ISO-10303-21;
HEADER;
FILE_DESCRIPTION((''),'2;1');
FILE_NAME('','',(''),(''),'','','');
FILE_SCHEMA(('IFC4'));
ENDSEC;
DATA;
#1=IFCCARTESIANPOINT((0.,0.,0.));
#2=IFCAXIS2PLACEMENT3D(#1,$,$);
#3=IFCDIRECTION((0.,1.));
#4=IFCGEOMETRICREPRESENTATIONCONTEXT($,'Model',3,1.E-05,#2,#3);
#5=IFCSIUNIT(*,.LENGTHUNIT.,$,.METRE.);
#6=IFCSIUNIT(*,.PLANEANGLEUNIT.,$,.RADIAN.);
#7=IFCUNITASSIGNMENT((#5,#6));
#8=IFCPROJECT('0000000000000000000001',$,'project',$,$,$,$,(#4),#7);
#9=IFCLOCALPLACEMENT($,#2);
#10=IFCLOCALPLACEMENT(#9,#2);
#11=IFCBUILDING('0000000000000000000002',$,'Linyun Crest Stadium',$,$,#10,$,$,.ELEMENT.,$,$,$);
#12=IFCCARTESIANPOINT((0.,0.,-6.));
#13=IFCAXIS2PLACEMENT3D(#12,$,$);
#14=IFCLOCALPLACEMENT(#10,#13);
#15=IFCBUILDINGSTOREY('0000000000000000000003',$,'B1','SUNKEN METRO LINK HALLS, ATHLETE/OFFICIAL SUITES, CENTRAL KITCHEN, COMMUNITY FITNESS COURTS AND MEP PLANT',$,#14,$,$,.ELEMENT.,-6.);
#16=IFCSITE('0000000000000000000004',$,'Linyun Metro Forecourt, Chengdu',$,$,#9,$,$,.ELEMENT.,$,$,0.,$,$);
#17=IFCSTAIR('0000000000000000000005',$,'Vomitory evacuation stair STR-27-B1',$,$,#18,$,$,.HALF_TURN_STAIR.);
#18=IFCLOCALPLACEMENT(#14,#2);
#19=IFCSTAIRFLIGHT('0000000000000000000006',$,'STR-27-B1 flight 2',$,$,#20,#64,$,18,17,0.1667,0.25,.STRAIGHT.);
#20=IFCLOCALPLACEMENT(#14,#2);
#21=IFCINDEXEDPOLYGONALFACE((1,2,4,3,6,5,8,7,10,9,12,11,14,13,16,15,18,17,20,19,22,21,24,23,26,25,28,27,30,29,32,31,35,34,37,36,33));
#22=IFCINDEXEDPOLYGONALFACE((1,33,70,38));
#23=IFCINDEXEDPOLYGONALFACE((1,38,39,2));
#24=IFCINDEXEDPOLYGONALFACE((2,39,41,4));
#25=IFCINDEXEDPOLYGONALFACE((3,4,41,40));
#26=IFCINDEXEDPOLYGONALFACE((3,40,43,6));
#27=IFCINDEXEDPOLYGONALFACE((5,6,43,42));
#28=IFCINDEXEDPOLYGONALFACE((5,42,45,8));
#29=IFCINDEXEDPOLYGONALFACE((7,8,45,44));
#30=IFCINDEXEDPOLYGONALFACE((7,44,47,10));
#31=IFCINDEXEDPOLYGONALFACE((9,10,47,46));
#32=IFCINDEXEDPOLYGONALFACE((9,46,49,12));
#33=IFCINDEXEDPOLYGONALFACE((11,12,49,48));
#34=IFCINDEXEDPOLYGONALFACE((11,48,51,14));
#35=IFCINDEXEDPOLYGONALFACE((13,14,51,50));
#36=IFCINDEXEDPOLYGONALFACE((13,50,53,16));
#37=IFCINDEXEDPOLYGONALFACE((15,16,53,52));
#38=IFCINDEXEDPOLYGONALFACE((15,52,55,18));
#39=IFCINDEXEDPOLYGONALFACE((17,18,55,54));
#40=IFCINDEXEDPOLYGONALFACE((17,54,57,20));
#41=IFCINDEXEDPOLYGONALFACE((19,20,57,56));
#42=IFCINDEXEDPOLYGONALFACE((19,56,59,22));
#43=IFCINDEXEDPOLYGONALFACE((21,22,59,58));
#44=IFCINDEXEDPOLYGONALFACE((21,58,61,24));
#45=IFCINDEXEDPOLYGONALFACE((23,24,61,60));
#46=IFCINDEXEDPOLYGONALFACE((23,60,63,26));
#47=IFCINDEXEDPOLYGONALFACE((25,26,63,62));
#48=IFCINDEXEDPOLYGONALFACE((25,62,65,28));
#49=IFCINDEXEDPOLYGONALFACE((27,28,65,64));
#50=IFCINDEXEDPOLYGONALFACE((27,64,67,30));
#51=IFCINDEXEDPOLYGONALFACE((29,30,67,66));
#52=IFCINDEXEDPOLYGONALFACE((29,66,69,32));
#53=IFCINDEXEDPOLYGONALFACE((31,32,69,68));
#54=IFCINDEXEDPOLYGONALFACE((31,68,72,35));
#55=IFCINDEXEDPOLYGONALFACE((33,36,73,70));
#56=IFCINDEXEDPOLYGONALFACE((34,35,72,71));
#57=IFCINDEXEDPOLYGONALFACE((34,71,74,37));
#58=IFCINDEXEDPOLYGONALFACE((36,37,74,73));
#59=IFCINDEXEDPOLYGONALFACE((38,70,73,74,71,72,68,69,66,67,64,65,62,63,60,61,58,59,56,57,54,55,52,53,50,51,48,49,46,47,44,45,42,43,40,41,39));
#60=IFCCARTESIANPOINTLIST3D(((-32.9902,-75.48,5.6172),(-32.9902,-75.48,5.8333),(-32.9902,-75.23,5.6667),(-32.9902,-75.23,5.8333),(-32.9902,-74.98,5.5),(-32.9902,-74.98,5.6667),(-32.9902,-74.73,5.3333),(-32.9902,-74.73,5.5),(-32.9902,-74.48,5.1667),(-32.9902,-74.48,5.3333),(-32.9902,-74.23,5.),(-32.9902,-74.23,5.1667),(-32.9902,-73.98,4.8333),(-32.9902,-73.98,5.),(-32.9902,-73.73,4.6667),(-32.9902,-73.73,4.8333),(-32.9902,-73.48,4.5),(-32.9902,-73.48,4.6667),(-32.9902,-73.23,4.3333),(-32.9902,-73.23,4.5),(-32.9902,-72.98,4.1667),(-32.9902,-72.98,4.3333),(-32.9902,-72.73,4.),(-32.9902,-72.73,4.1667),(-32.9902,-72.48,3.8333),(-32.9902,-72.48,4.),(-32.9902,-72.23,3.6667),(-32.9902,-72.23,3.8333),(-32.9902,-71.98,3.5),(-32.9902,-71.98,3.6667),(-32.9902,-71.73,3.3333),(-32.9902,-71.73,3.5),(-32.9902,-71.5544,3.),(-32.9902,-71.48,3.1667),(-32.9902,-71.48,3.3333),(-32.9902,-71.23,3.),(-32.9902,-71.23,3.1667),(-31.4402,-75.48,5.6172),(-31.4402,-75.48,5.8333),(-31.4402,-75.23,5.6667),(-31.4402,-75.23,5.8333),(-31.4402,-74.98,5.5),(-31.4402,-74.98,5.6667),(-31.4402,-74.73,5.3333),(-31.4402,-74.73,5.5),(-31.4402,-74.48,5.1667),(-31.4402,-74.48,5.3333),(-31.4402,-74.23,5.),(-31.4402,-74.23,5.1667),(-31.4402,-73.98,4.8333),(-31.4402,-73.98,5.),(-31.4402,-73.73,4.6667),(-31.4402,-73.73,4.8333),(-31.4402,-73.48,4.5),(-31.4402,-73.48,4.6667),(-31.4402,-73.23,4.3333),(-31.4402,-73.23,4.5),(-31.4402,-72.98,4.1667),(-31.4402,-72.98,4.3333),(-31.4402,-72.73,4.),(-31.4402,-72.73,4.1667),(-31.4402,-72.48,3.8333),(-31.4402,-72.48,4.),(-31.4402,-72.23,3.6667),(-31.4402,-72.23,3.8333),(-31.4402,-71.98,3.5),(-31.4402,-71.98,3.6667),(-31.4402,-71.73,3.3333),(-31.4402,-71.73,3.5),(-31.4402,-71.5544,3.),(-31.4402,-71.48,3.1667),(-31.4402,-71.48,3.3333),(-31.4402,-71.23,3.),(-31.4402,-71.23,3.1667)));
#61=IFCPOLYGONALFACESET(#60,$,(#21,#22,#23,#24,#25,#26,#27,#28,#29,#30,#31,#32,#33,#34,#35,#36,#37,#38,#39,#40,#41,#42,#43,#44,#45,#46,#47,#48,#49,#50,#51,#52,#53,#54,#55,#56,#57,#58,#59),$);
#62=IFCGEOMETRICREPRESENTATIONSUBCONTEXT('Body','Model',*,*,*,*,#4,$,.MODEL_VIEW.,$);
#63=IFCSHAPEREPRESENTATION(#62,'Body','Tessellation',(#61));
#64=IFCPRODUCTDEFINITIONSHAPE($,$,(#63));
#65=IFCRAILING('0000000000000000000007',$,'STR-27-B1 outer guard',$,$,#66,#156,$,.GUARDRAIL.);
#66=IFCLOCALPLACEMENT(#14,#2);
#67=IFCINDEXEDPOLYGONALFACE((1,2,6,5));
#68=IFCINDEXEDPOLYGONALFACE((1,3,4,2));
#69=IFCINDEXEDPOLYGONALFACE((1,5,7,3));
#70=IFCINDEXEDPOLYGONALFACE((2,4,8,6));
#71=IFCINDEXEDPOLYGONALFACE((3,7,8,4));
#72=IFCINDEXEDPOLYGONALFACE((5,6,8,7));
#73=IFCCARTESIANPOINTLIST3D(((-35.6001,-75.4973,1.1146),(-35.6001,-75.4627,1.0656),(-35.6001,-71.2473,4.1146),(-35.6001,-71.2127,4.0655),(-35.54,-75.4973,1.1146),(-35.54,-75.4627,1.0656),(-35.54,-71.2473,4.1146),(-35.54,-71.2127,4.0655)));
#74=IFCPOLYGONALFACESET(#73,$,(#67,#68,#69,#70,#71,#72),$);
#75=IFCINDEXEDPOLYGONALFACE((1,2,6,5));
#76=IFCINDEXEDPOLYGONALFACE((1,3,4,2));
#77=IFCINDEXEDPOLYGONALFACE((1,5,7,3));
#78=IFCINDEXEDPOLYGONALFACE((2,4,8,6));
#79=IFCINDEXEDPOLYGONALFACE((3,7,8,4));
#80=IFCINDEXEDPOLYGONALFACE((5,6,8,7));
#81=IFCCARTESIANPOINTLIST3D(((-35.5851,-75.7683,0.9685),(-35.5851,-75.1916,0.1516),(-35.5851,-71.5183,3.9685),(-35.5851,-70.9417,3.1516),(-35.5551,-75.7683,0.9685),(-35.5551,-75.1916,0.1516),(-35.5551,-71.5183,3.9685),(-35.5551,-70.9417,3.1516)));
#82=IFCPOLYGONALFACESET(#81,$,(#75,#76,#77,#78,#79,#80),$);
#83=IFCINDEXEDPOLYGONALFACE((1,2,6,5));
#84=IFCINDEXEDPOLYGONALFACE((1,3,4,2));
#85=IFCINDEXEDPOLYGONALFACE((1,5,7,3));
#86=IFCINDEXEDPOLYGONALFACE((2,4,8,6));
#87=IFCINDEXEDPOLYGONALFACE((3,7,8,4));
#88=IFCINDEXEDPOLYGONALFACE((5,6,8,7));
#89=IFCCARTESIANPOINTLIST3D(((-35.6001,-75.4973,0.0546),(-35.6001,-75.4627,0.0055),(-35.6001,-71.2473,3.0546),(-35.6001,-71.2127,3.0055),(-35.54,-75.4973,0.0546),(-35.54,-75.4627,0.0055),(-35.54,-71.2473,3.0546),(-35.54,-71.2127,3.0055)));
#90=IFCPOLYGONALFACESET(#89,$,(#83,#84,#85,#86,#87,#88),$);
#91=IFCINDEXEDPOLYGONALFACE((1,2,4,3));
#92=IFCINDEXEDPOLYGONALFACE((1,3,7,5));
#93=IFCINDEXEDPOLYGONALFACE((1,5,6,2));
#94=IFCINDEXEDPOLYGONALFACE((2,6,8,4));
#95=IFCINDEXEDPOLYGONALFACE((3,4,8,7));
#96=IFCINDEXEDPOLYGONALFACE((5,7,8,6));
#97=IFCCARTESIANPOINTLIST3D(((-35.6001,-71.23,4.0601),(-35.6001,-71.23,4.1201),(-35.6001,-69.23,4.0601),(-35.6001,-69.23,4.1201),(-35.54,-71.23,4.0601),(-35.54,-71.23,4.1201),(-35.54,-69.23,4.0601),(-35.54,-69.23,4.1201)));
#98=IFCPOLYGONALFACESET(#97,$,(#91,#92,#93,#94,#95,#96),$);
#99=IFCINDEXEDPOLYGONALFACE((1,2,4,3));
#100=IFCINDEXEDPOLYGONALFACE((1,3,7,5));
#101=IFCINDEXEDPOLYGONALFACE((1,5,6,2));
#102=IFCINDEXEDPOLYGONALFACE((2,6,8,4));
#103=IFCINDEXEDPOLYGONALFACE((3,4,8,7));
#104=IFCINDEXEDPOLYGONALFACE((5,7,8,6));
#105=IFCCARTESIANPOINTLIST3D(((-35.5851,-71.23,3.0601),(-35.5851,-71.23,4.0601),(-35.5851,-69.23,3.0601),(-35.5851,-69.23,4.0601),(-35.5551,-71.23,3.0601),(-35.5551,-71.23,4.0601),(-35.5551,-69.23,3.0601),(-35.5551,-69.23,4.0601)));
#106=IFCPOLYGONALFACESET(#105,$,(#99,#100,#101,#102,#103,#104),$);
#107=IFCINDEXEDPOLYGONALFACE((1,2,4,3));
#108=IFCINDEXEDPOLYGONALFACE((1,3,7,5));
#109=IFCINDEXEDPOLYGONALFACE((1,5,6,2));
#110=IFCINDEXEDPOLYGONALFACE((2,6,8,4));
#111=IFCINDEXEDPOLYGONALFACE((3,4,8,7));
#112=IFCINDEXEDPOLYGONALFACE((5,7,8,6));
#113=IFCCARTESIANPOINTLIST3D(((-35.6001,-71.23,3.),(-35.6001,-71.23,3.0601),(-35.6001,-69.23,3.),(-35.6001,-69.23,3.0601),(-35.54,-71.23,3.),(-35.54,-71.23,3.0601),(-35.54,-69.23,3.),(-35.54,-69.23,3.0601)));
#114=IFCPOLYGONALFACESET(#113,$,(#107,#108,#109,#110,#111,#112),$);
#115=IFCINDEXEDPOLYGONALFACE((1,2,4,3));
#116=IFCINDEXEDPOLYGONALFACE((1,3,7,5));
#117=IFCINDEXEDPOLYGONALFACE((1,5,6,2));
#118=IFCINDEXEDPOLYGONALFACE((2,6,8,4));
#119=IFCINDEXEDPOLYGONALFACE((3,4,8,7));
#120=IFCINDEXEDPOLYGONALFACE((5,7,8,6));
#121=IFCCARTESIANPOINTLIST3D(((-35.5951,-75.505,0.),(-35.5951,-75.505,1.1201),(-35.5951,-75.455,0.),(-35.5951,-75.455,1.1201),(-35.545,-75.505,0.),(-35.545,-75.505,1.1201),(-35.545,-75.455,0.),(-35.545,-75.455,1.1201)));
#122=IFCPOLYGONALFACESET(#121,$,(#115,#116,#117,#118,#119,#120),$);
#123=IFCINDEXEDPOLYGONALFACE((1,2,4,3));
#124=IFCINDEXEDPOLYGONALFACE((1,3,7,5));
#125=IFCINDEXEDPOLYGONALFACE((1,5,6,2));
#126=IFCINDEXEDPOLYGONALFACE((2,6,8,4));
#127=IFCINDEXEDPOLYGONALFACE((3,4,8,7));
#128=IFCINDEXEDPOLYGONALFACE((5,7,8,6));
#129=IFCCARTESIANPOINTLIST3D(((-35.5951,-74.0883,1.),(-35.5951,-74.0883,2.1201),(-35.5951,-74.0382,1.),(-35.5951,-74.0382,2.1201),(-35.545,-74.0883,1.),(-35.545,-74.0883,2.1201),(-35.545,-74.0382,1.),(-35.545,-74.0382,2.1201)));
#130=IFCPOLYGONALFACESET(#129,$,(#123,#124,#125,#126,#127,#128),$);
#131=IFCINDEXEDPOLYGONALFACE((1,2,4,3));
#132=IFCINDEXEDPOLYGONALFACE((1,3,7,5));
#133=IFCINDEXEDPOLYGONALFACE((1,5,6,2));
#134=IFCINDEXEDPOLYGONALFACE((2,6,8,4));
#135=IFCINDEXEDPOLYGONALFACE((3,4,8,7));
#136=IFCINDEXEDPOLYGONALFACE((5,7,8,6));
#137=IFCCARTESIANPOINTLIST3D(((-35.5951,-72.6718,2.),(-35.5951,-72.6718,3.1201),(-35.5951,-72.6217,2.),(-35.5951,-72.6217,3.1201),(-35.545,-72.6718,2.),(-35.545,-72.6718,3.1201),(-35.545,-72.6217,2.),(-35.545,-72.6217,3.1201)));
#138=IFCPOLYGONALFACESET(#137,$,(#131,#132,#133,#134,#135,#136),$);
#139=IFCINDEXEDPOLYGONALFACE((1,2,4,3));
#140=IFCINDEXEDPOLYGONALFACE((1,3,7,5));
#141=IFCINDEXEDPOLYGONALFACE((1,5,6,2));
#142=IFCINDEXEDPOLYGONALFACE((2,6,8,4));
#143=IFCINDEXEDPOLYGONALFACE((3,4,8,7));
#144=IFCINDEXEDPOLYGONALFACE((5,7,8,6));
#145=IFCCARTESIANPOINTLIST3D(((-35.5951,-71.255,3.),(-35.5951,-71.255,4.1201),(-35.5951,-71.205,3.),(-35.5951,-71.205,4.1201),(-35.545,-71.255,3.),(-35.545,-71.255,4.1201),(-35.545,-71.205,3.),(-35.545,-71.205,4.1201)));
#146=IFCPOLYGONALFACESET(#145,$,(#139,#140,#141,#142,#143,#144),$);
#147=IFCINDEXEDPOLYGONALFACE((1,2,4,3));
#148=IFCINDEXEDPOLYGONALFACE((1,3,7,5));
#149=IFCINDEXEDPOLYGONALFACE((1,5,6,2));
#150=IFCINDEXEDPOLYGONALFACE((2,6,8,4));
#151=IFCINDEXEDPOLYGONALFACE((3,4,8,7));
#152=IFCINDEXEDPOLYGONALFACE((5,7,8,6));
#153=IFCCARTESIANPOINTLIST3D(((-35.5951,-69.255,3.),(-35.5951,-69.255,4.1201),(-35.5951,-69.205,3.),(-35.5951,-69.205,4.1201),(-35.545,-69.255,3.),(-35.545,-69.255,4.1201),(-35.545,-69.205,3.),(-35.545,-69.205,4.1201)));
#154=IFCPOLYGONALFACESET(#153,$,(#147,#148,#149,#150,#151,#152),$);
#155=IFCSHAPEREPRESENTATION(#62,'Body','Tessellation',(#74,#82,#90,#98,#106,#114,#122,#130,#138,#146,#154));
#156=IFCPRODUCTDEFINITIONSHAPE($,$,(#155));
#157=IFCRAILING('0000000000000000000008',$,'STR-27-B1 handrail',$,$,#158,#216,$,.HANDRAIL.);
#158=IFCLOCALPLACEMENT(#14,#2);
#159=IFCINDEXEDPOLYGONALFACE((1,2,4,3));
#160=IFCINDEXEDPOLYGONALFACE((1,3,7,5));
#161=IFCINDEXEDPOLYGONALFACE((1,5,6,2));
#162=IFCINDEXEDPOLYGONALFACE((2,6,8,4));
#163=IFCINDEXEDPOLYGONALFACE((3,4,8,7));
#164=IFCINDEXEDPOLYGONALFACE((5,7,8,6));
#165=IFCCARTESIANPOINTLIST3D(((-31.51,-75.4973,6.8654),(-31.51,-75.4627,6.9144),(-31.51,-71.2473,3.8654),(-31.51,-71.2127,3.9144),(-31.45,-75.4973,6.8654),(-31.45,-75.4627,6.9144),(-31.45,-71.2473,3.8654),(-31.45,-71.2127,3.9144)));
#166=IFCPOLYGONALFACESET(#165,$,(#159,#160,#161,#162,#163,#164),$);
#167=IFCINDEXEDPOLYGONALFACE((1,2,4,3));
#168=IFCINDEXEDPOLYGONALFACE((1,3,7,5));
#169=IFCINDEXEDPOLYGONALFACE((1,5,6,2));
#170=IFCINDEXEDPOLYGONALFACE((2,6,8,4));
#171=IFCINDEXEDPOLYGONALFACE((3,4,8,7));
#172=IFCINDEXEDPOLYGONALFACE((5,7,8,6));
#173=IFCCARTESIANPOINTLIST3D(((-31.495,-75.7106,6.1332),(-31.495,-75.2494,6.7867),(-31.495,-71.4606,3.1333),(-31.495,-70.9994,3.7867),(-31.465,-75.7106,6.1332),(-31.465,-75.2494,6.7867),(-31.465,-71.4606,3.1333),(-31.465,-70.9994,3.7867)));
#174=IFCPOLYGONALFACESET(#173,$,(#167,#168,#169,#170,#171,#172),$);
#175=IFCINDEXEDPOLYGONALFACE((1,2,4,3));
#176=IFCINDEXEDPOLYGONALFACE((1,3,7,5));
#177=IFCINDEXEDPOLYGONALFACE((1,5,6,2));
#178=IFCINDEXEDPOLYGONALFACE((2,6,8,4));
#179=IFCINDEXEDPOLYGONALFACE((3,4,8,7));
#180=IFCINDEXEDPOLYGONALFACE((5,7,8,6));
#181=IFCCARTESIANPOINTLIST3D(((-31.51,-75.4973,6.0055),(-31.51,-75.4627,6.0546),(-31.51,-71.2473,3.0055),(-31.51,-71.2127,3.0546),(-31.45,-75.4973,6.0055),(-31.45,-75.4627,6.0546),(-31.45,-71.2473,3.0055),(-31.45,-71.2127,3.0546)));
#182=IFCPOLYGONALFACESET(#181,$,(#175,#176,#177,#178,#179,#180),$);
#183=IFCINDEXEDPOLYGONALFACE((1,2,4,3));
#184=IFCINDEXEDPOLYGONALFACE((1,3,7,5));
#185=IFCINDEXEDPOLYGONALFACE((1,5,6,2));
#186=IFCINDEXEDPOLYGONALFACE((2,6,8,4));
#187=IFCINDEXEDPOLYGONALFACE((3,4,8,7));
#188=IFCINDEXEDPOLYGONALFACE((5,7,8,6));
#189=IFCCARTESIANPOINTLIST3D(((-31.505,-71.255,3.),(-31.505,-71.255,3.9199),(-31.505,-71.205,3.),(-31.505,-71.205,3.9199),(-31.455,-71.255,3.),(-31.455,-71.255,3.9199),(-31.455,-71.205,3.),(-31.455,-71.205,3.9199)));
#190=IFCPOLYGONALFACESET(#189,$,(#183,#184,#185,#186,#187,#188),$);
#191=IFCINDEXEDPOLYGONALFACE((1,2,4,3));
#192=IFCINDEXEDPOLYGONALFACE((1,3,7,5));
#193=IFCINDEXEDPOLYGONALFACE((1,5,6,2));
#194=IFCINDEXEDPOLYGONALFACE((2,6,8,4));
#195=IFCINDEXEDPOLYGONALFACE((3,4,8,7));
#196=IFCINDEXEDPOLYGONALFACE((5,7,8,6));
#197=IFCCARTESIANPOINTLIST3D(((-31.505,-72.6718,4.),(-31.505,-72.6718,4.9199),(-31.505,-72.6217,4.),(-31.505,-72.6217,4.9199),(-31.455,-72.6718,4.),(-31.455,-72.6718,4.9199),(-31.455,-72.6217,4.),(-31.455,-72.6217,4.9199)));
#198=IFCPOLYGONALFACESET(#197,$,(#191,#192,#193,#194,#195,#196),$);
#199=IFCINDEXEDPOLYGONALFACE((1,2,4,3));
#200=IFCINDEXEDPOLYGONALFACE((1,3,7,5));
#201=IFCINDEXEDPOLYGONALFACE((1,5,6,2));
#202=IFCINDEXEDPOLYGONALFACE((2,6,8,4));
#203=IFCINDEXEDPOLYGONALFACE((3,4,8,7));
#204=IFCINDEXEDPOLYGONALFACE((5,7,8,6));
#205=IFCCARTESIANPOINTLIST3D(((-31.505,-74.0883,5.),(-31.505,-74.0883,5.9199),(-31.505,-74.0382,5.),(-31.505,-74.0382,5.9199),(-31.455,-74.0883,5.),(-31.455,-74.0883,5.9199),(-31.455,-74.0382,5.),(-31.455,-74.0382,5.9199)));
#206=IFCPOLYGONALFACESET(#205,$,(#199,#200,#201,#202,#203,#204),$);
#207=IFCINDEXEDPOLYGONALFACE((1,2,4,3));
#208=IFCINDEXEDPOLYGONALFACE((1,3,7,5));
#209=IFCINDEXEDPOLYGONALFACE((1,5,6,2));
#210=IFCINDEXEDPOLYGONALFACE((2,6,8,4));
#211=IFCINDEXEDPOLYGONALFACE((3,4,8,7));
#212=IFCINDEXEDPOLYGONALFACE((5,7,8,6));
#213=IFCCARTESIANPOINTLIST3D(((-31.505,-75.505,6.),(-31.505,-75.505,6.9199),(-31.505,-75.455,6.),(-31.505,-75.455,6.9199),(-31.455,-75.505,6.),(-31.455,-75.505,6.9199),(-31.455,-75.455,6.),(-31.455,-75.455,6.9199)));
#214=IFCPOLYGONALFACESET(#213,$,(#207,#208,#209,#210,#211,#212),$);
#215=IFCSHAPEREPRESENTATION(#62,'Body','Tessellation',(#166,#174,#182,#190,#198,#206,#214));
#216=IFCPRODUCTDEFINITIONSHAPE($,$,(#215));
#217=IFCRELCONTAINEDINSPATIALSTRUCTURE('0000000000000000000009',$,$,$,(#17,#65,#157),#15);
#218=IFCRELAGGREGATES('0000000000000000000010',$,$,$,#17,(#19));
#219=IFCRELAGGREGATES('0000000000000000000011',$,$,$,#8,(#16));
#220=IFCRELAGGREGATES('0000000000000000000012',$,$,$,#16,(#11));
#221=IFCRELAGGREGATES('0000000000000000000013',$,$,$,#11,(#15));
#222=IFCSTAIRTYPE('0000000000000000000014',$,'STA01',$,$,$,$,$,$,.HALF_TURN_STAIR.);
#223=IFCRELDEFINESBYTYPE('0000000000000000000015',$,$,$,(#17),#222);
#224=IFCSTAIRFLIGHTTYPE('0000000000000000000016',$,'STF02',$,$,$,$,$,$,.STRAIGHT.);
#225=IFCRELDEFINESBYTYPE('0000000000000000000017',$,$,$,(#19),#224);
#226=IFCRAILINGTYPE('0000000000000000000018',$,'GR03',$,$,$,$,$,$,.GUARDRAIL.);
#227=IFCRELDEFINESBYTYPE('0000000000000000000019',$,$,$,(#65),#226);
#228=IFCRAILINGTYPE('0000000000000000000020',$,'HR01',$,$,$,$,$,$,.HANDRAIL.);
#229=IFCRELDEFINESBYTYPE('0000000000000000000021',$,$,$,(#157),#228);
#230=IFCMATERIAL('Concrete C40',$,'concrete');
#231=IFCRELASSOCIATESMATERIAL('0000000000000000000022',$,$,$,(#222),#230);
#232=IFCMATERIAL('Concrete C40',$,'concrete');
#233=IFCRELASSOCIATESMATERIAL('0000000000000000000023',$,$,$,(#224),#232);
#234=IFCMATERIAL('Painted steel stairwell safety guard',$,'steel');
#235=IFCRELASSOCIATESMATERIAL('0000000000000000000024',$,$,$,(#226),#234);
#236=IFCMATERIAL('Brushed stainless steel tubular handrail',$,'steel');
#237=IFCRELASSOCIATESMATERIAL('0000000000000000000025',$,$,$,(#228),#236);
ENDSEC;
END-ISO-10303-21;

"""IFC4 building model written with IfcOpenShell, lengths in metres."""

from ifc_helpers import new_model, si_unit, direction, frame, origin, origin_2d, place, context, subcontext, project, spatial, polyline, rectangle, outline, extrude, material, type_object, element, aggregate, save


model = new_model("IFC4")

# Units and contexts
model_context = context("Model", 3, precision=1e-05, world=origin(), true_north=direction((0.0, 1.0)))
body_context = subcontext(model_context, "Body", "Model", "MODEL_VIEW")
ifc_project = project(units=[si_unit("LENGTHUNIT", "METRE"), si_unit("PLANEANGLEUNIT", "RADIAN")], contexts=[model_context])

# Site, building, storey
site_placement = place(None, origin())
site = spatial("IfcSite", under=ifc_project, at=site_placement, Name="Linyun Metro Forecourt, Chengdu", CompositionType="ELEMENT", RefElevation=0.0)
building_placement = place(site_placement, origin())
building = spatial("IfcBuilding", under=site, at=building_placement, Name="Linyun Crest Stadium", CompositionType="ELEMENT")
storey_placement = place(building_placement, frame((0.0, 0.0, -6.0)))
storey = spatial("IfcBuildingStorey", under=building, at=storey_placement, Name="B1", Description="SUNKEN METRO LINK HALLS, ATHLETE/OFFICIAL SUITES, CENTRAL KITCHEN, COMMUNITY FITNESS COURTS AND MEP PLANT", CompositionType="ELEMENT", Elevation=-6.0)

# Stair, stair flight
ifc_material_1 = material(Name="Concrete C40", Category="concrete")
stair_type = type_object("IfcStairType", Name="STA01", PredefinedType="HALF_TURN_STAIR", material=ifc_material_1)
stair_placement = place(storey_placement, origin())
stair = element("IfcStair", 1, at=stair_placement, inside=storey, type_object=stair_type, Name="Vomitory evacuation stair STR-27-B1", PredefinedType="HALF_TURN_STAIR")
ifc_material_2 = material(Name="Concrete C40", Category="concrete")
stair_flight_type = type_object("IfcStairFlightType", Name="STF02", PredefinedType="STRAIGHT", material=ifc_material_2)
stair_flight_1_placement = place(storey_placement, frame((-32.2151, -71.23, 3.0), z_axis=(0.0, 0.0, 1.0), x_axis=(0.0, -1.0, 0.0)))
stair_flight_1 = element("IfcStairFlight", 2, at=stair_flight_1_placement, type_object=stair_flight_type, Name="STR-27-B1 flight 2", NumberOfRisers=18, NumberOfTreads=17, PredefinedType="STRAIGHT", RiserHeight=0.1667, TreadLength=0.25, context=body_context, shape_type="SweptSolid", body=[
    extrude(outline(polyline([(0.0, 0.0), (0.0, 0.1667), (0.25, 0.1667), (0.25, 0.3333), (0.5, 0.3333), (0.5, 0.5), (0.75, 0.5), (0.75, 0.6667), (1.0, 0.6667), (1.0, 0.8333), (1.25, 0.8333), (1.25, 1.0), (1.5, 1.0), (1.5, 1.1667), (1.75, 1.1667), (1.75, 1.3333), (2.0, 1.3333), (2.0, 1.5), (2.25, 1.5), (2.25, 1.6667), (2.5, 1.6667), (2.5, 1.8333), (2.75, 1.8333), (2.75, 2.0), (3.0, 2.0), (3.0, 2.1667), (3.25, 2.1667), (3.25, 2.3333), (3.5, 2.3333), (3.5, 2.5), (3.75, 2.5), (3.75, 2.6667), (4.0, 2.6667), (4.0, 2.8333), (4.25, 2.8333), (4.25, 3.0), (4.25, 2.6172), (0.3245, 0.0), (0.0, 0.0)])), frame((0.0, 0.7749, 0.0), z_axis=(0.0, -1.0, 0.0), x_axis=(1.0, 0.0, 0.0)), (0.0, 0.0, 1.0), 1.55),
])
aggregate(stair, [stair_flight_1])

# Railings
ifc_material_3 = material(Name="Painted steel stairwell safety guard", Category="steel")
railing_type_1 = type_object("IfcRailingType", Name="GR03", PredefinedType="GUARDRAIL", material=ifc_material_3)
railing_1_placement = place(storey_placement, frame((-35.5701, -75.48, 0.0)))
element("IfcRailing", 3, at=railing_1_placement, inside=storey, type_object=railing_type_1, Name="STR-27-B1 outer guard", PredefinedType="GUARDRAIL", context=body_context, shape_type="SweptSolid", body=[
    extrude(rectangle(XDim=0.0601, YDim=0.0601, at=origin_2d()), frame((0.0, 0.0, 1.0901), z_axis=(0.0, 0.816968, 0.576683), x_axis=(-1.0, 0.0, 0.0)), (0.0, 0.0, 1.0), 5.2021),
    extrude(rectangle(XDim=0.03, YDim=1.0, at=origin_2d()), frame((0.0, 0.0, 0.5601), z_axis=(0.0, 0.816968, 0.576683), x_axis=(-1.0, 0.0, 0.0)), (0.0, 0.0, 1.0), 5.2021),
    extrude(rectangle(XDim=0.0601, YDim=0.0601, at=origin_2d()), frame((0.0, 0.0, 0.03), z_axis=(0.0, 0.816968, 0.576683), x_axis=(-1.0, 0.0, 0.0)), (0.0, 0.0, 1.0), 5.2021),
    extrude(rectangle(XDim=0.0601, YDim=0.0601, at=origin_2d()), frame((0.0, 4.25, 4.0901), z_axis=(0.0, 1.0, 0.0), x_axis=(-1.0, 0.0, 0.0)), (0.0, 0.0, 1.0), 2.0),
    extrude(rectangle(XDim=0.03, YDim=1.0, at=origin_2d()), frame((0.0, 4.25, 3.5601), z_axis=(0.0, 1.0, 0.0), x_axis=(-1.0, 0.0, 0.0)), (0.0, 0.0, 1.0), 2.0),
    extrude(rectangle(XDim=0.0601, YDim=0.0601, at=origin_2d()), frame((0.0, 4.25, 3.03), z_axis=(0.0, 1.0, 0.0), x_axis=(-1.0, 0.0, 0.0)), (0.0, 0.0, 1.0), 2.0),
    extrude(rectangle(XDim=0.05, YDim=0.05, at=origin_2d()), origin(), (0.0, 0.0, 1.0), 1.1201),
    extrude(rectangle(XDim=0.05, YDim=0.05, at=origin_2d()), frame((0.0, 1.4167, 1.0)), (0.0, 0.0, 1.0), 1.1201),
    extrude(rectangle(XDim=0.05, YDim=0.05, at=origin_2d()), frame((0.0, 2.8333, 2.0)), (0.0, 0.0, 1.0), 1.1201),
    extrude(rectangle(XDim=0.05, YDim=0.05, at=origin_2d()), frame((0.0, 4.25, 3.0)), (0.0, 0.0, 1.0), 1.1201),
    extrude(rectangle(XDim=0.05, YDim=0.05, at=origin_2d()), frame((0.0, 6.25, 3.0)), (0.0, 0.0, 1.0), 1.1201),
])
ifc_material_4 = material(Name="Brushed stainless steel tubular handrail", Category="steel")
railing_type_2 = type_object("IfcRailingType", Name="HR01", PredefinedType="HANDRAIL", material=ifc_material_4)
railing_2_placement = place(storey_placement, frame((-31.48, -71.23, 3.0)))
element("IfcRailing", 4, at=railing_2_placement, inside=storey, type_object=railing_type_2, Name="STR-27-B1 handrail", PredefinedType="HANDRAIL", context=body_context, shape_type="SweptSolid", body=[
    extrude(rectangle(XDim=0.0601, YDim=0.0601, at=origin_2d()), frame((0.0, 0.0, 0.8899), z_axis=(0.0, -0.816968, 0.576683), x_axis=(1.0, 0.0, 0.0)), (0.0, 0.0, 1.0), 5.2021),
    extrude(rectangle(XDim=0.03, YDim=0.7998, at=origin_2d()), frame((0.0, 0.0, 0.46), z_axis=(0.0, -0.816968, 0.576683), x_axis=(1.0, 0.0, 0.0)), (0.0, 0.0, 1.0), 5.2021),
    extrude(rectangle(XDim=0.0601, YDim=0.0601, at=origin_2d()), frame((0.0, 0.0, 0.03), z_axis=(0.0, -0.816968, 0.576683), x_axis=(1.0, 0.0, 0.0)), (0.0, 0.0, 1.0), 5.2021),
    extrude(rectangle(XDim=0.05, YDim=0.05, at=origin_2d()), origin(), (0.0, 0.0, 1.0), 0.9199),
    extrude(rectangle(XDim=0.05, YDim=0.05, at=origin_2d()), frame((0.0, -1.4167, 1.0)), (0.0, 0.0, 1.0), 0.9199),
    extrude(rectangle(XDim=0.05, YDim=0.05, at=origin_2d()), frame((0.0, -2.8333, 2.0)), (0.0, 0.0, 1.0), 0.9199),
    extrude(rectangle(XDim=0.05, YDim=0.05, at=origin_2d()), frame((0.0, -4.25, 3.0)), (0.0, 0.0, 1.0), 0.9199),
])

save(model, "model.ifc")
